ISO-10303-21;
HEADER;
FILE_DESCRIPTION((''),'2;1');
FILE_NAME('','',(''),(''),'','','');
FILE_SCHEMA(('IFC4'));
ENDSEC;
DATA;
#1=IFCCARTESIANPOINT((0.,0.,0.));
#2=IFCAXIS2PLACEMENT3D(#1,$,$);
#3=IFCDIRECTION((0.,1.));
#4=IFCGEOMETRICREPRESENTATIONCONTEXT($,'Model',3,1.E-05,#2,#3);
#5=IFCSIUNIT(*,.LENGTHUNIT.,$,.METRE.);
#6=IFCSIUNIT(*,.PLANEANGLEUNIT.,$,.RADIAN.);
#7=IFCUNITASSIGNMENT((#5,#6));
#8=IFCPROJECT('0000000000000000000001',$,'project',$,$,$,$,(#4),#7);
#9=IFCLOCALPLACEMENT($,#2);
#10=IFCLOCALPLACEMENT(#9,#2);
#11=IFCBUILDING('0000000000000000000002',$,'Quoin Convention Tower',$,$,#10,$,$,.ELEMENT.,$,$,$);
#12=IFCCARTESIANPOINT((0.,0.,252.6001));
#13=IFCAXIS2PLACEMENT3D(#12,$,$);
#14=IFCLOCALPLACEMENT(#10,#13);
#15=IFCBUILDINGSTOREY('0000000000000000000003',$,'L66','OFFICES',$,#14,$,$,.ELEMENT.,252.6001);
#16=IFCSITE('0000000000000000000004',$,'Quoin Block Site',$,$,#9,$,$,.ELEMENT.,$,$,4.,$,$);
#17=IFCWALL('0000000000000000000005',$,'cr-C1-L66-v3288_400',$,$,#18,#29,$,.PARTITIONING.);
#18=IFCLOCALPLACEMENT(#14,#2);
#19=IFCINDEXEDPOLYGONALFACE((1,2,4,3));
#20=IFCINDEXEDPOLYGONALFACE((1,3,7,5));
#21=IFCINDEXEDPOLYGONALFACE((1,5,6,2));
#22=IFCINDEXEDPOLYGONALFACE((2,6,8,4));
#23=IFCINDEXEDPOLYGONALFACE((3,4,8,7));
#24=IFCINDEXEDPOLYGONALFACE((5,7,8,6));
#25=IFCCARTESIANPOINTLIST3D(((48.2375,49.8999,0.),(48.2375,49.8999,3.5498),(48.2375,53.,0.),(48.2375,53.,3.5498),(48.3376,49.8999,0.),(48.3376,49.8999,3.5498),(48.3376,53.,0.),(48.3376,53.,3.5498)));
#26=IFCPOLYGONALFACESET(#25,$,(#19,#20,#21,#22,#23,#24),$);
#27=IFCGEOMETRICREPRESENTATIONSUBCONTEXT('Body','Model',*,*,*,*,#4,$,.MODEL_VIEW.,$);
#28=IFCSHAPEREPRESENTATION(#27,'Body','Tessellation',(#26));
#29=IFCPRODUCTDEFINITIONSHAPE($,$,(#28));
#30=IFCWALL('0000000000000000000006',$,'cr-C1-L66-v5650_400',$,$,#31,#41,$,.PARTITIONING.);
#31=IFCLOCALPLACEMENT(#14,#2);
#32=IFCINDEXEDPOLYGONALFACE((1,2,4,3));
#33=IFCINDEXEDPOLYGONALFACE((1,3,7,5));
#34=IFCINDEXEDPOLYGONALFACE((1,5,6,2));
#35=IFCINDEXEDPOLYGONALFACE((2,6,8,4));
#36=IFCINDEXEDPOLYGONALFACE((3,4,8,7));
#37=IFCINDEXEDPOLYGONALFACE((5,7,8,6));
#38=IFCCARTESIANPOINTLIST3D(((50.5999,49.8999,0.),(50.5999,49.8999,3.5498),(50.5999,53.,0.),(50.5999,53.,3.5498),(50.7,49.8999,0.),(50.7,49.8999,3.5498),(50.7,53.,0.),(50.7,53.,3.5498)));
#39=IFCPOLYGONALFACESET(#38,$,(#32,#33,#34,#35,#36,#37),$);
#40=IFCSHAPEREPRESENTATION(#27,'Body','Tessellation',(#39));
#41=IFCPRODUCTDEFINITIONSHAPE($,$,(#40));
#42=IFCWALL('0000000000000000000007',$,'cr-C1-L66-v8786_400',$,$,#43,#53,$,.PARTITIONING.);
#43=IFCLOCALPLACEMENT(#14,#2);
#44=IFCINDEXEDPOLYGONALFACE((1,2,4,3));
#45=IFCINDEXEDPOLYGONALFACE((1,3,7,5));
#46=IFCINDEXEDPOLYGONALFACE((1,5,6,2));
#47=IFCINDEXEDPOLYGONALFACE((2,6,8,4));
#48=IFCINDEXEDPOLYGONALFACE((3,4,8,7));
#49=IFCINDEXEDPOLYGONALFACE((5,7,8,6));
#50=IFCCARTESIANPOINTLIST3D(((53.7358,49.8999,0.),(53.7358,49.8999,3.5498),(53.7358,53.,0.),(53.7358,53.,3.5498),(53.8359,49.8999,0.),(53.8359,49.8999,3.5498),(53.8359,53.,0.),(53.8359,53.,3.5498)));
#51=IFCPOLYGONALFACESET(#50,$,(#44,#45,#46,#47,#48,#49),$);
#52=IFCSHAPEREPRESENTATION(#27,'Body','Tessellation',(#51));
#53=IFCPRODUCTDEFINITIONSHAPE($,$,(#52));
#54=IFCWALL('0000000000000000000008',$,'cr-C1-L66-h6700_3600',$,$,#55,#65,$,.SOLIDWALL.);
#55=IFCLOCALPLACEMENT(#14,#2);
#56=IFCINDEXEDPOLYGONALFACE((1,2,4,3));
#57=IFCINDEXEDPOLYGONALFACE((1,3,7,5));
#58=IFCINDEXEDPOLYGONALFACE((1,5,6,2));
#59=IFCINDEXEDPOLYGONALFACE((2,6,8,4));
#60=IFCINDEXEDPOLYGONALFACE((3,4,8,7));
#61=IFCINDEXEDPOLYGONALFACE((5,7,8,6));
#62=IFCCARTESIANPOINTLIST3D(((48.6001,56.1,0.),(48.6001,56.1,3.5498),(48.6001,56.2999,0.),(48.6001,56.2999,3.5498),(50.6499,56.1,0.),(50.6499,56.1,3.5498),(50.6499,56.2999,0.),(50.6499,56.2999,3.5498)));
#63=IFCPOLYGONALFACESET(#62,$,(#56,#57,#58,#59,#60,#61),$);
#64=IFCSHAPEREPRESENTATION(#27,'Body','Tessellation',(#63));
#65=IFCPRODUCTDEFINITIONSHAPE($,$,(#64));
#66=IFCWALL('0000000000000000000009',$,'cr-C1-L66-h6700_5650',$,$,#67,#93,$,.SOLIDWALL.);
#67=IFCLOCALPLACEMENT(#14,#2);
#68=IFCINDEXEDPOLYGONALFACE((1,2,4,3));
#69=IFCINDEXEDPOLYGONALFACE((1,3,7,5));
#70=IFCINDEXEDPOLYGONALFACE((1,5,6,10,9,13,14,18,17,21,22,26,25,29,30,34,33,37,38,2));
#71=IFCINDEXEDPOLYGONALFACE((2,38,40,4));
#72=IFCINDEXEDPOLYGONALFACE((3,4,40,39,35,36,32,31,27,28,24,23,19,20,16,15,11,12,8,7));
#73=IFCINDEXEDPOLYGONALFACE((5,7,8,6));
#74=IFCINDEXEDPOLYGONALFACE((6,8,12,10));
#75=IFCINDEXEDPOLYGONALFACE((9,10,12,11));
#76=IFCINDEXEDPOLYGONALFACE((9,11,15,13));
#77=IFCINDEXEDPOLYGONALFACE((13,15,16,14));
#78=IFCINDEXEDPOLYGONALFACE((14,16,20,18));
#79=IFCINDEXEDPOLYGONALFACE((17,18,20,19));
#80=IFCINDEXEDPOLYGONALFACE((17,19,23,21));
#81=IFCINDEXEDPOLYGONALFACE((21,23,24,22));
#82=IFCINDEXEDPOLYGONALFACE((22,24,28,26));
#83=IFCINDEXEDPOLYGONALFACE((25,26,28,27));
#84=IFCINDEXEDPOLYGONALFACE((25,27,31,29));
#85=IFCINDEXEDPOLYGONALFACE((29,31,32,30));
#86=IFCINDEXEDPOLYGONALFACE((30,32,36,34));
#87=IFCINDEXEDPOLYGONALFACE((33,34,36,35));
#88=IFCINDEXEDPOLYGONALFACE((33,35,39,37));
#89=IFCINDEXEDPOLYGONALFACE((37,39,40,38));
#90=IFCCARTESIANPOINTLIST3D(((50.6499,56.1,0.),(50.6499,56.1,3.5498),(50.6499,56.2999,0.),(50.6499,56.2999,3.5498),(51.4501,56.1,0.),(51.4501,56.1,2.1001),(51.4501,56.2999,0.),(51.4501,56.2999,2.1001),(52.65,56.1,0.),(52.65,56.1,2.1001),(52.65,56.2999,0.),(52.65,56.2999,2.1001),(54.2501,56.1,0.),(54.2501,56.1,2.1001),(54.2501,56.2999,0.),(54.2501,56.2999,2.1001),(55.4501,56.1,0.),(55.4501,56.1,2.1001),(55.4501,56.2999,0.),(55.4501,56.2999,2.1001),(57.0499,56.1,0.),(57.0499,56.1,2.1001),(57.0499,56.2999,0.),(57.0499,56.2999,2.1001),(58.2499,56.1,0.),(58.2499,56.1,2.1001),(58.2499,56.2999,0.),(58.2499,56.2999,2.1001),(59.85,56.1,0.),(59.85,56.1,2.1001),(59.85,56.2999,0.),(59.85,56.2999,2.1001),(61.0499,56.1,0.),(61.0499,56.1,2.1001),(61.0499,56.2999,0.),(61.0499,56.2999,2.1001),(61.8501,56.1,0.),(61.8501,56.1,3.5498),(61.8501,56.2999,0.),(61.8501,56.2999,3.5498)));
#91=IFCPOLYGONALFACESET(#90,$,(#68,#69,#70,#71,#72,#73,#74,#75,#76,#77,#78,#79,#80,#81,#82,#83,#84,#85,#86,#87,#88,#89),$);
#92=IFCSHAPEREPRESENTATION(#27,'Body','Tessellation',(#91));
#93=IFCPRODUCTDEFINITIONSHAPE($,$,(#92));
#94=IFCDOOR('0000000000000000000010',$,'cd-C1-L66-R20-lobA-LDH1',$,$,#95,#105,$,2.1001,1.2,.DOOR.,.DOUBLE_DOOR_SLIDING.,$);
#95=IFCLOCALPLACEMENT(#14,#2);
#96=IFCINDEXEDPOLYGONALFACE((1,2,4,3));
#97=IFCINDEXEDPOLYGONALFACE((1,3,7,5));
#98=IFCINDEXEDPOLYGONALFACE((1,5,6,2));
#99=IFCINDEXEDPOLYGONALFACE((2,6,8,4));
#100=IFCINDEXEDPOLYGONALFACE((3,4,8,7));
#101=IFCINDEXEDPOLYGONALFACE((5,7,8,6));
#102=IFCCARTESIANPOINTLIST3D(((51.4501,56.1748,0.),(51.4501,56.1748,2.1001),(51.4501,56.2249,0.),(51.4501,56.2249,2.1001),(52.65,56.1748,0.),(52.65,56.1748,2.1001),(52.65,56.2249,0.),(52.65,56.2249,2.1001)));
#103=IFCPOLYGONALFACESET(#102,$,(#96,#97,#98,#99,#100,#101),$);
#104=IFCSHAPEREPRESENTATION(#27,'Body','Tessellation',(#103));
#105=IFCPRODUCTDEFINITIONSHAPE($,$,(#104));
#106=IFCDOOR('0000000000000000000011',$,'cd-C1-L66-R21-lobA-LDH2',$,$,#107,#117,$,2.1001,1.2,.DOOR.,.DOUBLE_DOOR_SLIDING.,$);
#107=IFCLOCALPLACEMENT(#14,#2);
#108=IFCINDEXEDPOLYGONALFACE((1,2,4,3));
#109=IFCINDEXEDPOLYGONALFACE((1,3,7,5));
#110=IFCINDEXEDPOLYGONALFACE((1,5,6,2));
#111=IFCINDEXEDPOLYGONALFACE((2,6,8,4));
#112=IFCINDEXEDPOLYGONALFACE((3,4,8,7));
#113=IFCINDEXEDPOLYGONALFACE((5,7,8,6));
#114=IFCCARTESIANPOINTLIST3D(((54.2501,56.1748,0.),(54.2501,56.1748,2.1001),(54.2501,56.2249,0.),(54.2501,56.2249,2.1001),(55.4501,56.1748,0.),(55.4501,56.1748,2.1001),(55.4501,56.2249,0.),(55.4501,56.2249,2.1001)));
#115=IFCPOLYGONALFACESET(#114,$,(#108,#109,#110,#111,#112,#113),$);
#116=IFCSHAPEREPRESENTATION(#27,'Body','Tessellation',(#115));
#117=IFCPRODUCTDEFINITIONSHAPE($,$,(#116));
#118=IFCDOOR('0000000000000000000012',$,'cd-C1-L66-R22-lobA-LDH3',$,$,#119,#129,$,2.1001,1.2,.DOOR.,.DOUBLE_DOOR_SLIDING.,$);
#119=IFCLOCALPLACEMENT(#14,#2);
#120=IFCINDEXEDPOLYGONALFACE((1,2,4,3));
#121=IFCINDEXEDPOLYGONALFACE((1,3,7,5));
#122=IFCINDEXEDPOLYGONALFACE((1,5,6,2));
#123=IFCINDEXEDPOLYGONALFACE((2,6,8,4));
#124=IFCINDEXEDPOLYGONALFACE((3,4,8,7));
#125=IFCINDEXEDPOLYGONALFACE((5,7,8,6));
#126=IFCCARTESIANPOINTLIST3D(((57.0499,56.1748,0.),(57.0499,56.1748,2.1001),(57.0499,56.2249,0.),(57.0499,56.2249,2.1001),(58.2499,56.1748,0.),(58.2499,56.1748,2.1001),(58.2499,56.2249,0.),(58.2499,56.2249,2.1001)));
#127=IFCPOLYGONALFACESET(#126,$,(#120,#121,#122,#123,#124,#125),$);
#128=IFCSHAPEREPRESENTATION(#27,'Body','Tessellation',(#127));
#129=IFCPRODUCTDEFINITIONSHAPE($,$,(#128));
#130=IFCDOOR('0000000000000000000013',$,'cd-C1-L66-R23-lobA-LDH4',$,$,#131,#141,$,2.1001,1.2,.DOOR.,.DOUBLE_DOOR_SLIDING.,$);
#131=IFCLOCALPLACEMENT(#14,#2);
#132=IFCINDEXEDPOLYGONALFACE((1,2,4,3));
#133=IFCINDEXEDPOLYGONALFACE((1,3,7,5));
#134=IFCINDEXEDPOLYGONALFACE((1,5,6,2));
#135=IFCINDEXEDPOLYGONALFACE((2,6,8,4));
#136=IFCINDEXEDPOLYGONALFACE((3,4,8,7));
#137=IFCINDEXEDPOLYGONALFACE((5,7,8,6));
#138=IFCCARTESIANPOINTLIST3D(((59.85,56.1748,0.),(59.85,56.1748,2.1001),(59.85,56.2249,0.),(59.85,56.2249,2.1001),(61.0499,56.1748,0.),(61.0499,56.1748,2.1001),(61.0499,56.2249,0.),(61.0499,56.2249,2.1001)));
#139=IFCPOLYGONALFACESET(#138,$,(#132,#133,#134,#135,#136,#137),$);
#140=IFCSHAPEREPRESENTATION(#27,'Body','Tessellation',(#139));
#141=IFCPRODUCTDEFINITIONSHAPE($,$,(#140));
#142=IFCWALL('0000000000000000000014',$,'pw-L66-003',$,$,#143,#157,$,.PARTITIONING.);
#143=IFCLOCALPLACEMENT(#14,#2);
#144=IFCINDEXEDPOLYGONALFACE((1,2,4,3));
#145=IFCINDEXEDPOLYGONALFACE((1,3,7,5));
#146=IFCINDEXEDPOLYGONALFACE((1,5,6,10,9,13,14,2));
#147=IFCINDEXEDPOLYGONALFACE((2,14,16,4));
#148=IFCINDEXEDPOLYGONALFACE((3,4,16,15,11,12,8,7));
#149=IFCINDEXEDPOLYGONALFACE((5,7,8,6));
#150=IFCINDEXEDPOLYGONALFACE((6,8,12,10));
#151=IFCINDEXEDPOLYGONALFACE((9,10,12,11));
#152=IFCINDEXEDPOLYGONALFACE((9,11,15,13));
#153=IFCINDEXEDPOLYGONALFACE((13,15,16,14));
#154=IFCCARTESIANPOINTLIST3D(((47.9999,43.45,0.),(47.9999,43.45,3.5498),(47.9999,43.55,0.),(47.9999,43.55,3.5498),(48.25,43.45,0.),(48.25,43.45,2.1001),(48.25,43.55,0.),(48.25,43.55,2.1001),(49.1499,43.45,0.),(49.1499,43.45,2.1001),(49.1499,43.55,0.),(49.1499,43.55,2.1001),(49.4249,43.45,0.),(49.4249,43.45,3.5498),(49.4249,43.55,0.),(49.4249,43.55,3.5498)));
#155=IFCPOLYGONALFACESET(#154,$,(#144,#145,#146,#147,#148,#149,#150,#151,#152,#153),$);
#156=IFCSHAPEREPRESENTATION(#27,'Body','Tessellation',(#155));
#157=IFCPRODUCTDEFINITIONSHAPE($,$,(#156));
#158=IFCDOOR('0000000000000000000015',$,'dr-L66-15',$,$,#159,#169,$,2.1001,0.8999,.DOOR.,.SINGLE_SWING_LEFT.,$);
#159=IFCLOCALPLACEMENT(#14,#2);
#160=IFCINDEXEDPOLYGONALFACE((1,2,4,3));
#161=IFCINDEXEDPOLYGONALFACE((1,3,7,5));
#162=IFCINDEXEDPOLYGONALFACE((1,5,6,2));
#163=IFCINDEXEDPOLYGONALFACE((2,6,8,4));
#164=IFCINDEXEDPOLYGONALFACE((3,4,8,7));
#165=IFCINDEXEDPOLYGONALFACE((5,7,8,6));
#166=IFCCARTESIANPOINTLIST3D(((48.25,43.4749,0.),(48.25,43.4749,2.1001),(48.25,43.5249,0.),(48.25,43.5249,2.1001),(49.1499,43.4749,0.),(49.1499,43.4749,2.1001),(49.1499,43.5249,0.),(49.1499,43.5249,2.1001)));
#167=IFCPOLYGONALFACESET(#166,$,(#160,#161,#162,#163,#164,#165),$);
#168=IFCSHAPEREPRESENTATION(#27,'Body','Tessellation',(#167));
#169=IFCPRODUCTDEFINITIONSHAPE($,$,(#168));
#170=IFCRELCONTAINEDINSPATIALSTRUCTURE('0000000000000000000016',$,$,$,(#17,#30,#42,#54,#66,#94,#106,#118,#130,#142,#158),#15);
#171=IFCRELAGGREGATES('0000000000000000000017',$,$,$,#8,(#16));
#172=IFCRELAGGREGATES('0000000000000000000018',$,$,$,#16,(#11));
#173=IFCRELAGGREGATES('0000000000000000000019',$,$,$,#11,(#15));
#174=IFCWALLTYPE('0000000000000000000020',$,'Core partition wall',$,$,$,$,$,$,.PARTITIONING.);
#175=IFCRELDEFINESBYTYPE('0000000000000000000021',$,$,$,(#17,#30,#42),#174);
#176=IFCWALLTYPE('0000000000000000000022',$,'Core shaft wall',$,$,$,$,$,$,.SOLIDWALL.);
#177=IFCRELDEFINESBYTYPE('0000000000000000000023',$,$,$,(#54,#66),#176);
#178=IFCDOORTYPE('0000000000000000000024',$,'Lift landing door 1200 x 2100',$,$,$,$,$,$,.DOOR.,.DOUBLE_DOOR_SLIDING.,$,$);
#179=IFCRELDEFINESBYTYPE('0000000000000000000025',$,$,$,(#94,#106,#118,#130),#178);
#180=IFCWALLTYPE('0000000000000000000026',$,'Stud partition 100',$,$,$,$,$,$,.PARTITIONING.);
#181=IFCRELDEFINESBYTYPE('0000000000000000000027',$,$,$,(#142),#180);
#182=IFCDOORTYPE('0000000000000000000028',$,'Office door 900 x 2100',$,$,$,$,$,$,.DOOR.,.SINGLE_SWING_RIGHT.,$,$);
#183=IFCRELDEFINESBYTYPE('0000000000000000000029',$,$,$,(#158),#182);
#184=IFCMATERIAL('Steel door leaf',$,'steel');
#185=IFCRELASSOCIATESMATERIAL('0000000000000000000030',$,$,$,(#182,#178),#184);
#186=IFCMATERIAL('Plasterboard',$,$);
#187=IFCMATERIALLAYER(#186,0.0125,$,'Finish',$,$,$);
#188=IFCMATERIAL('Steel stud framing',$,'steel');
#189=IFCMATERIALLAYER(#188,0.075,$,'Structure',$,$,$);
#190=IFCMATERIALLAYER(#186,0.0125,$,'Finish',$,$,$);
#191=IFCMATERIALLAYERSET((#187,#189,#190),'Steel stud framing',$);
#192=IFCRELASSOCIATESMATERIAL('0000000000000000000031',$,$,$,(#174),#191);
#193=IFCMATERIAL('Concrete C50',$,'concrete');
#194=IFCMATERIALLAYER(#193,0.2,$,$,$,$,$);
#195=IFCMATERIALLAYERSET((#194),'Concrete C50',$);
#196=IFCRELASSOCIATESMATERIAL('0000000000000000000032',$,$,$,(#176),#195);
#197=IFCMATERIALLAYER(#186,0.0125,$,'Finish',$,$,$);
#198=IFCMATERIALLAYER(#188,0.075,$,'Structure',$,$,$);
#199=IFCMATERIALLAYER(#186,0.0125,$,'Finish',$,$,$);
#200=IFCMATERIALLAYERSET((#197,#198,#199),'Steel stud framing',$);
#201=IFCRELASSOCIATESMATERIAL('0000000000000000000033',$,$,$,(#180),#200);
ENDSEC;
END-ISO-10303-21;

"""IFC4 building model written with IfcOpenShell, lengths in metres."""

from ifc_helpers import new_model, si_unit, direction, frame, frame_2d, origin, place, context, subcontext, project, spatial, rectangle, extrude, material, layer, layer_set, type_object, element, fill, save


model = new_model("IFC4")

# Units and contexts
model_context = context("Model", 3, precision=1e-05, world=origin(), true_north=direction((0.0, 1.0)))
body_context = subcontext(model_context, "Body", "Model", "MODEL_VIEW")
ifc_project = project(units=[si_unit("LENGTHUNIT", "METRE"), si_unit("PLANEANGLEUNIT", "RADIAN")], contexts=[model_context])

# Site, building, storey
site_placement = place(None, origin())
site = spatial("IfcSite", under=ifc_project, at=site_placement, Name="Quoin Block Site", CompositionType="ELEMENT", RefElevation=4.0)
building_placement = place(site_placement, origin())
building = spatial("IfcBuilding", under=site, at=building_placement, Name="Quoin Convention Tower", CompositionType="ELEMENT")
storey_placement = place(building_placement, frame((0.0, 0.0, 252.6001)))
storey = spatial("IfcBuildingStorey", under=building, at=storey_placement, Name="L66", Description="OFFICES", CompositionType="ELEMENT", Elevation=252.6001)

# Shared definitions
ifc_material_1 = material(Name="Concrete C50", Category="concrete")

# Shared definitions
ifc_material_2 = material(Name="Plasterboard")
ifc_material_3 = material(Name="Steel stud framing", Category="steel")
ifc_material_4 = material(Name="Steel door leaf", Category="steel")
door_type_1 = type_object("IfcDoorType", Name="Office door 900 x 2100", OperationType="SINGLE_SWING_RIGHT", PredefinedType="DOOR", material=ifc_material_4)

# Walls
ifc_layer_1 = layer(ifc_material_2, 0.0125, Name="Finish")
ifc_layer_2 = layer(ifc_material_3, 0.075, Name="Structure")
ifc_layer_3 = layer(ifc_material_2, 0.0125, Name="Finish")
ifc_layer_set_1 = layer_set([ifc_layer_1, ifc_layer_2, ifc_layer_3], Name="Steel stud framing")
wall_type_1 = type_object("IfcWallType", Name="Core partition wall", PredefinedType="PARTITIONING", material=ifc_layer_set_1)
for number, where, z_axis, x_axis, name in (
    (1, (48.2876, 49.8999, 0.0), (0.0, 0.0, 1.0), (0.0, 1.0, 0.0), "cr-C1-L66-v3288_400"),
    (2, (50.6499, 49.8999, 0.0), (0.0, 0.0, 1.0), (0.0, 1.0, 0.0), "cr-C1-L66-v5650_400"),
    (3, (53.7859, 49.8999, 0.0), (0.0, 0.0, 1.0), (0.0, 1.0, 0.0), "cr-C1-L66-v8786_400"),
):
    element("IfcWall", number, at=place(storey_placement, frame(where, z_axis=z_axis, x_axis=x_axis)), inside=storey, type_object=wall_type_1, Name=name, PredefinedType="PARTITIONING", context=body_context, shape_type="SweptSolid", body=[
        extrude(rectangle(XDim=3.1001, YDim=0.1001, at=frame_2d((1.55, 0.0))), origin(), (0.0, 0.0, 1.0), 3.5498),
    ])
ifc_layer_4 = layer(ifc_material_1, 0.2)
ifc_layer_set_2 = layer_set([ifc_layer_4], Name="Concrete C50")
wall_type_2 = type_object("IfcWallType", Name="Core shaft wall", PredefinedType="SOLIDWALL", material=ifc_layer_set_2)
wall_1_placement = place(storey_placement, frame((48.6001, 56.2, 0.0), z_axis=(0.0, 0.0, 1.0), x_axis=(1.0, 0.0, 0.0)))
element("IfcWall", 4, at=wall_1_placement, inside=storey, type_object=wall_type_2, Name="cr-C1-L66-h6700_3600", PredefinedType="SOLIDWALL", context=body_context, shape_type="SweptSolid", body=[
    extrude(rectangle(XDim=2.0498, YDim=0.2, at=frame_2d((1.0249, 0.0))), origin(), (0.0, 0.0, 1.0), 3.5498),
])

# Wall, openings, doors
wall_2_placement = place(storey_placement, frame((50.6499, 56.2, 0.0), z_axis=(0.0, 0.0, 1.0), x_axis=(1.0, 0.0, 0.0)))
wall_2 = element("IfcWall", 5, at=wall_2_placement, inside=storey, type_object=wall_type_2, Name="cr-C1-L66-h6700_5650", PredefinedType="SOLIDWALL", context=body_context, shape_type="SweptSolid", body=[
    extrude(rectangle(XDim=11.2002, YDim=0.2, at=frame_2d((5.6001, 0.0))), origin(), (0.0, 0.0, 1.0), 3.5498),
])
opening_1_placement = place(wall_2_placement, frame((0.8, 0.0, 0.0)))
opening_1 = element("IfcOpeningElement", 6, at=opening_1_placement, cuts=wall_2, PredefinedType="OPENING", context=body_context, shape_type="SweptSolid", body=[
    extrude(rectangle(XDim=1.2, YDim=2.1001, at=frame_2d((0.6001, 1.05))), frame((0.0, 0.1099, 0.0), z_axis=(0.0, -1.0, 0.0), x_axis=(1.0, 0.0, 0.0)), (0.0, 0.0, 1.0), 0.22),
])
opening_2_placement = place(wall_2_placement, frame((3.6001, 0.0, 0.0)))
opening_2 = element("IfcOpeningElement", 7, at=opening_2_placement, cuts=wall_2, PredefinedType="OPENING", context=body_context, shape_type="SweptSolid", body=[
    extrude(rectangle(XDim=1.2, YDim=2.1001, at=frame_2d((0.6001, 1.05))), frame((0.0, 0.1099, 0.0), z_axis=(0.0, -1.0, 0.0), x_axis=(1.0, 0.0, 0.0)), (0.0, 0.0, 1.0), 0.22),
])
opening_3_placement = place(wall_2_placement, frame((6.3999, 0.0, 0.0)))
opening_3 = element("IfcOpeningElement", 8, at=opening_3_placement, cuts=wall_2, PredefinedType="OPENING", context=body_context, shape_type="SweptSolid", body=[
    extrude(rectangle(XDim=1.2, YDim=2.1001, at=frame_2d((0.6001, 1.05))), frame((0.0, 0.1099, 0.0), z_axis=(0.0, -1.0, 0.0), x_axis=(1.0, 0.0, 0.0)), (0.0, 0.0, 1.0), 0.22),
])
opening_4_placement = place(wall_2_placement, frame((9.2, 0.0, 0.0)))
opening_4 = element("IfcOpeningElement", 9, at=opening_4_placement, cuts=wall_2, PredefinedType="OPENING", context=body_context, shape_type="SweptSolid", body=[
    extrude(rectangle(XDim=1.2, YDim=2.1001, at=frame_2d((0.6001, 1.05))), frame((0.0, 0.1099, 0.0), z_axis=(0.0, -1.0, 0.0), x_axis=(1.0, 0.0, 0.0)), (0.0, 0.0, 1.0), 0.22),
])
door_type_2 = type_object("IfcDoorType", Name="Lift landing door 1200 x 2100", OperationType="DOUBLE_DOOR_SLIDING", PredefinedType="DOOR", material=ifc_material_4)
door_1_placement = place(opening_1_placement, origin())
door_1 = element("IfcDoor", 10, at=door_1_placement, inside=storey, type_object=door_type_2, Name="cd-C1-L66-R20-lobA-LDH1", OperationType="DOUBLE_DOOR_SLIDING", OverallHeight=2.1001, OverallWidth=1.2, PredefinedType="DOOR", context=body_context, shape_type="SweptSolid", body=[
    extrude(rectangle(XDim=1.2, YDim=2.1001, at=frame_2d((0.6001, 1.05))), frame((0.0, 0.0249, 0.0), z_axis=(0.0, -1.0, 0.0), x_axis=(1.0, 0.0, 0.0)), (0.0, 0.0, 1.0), 0.05),
])
fill(opening_1, door_1)
door_2_placement = place(opening_2_placement, origin())
door_2 = element("IfcDoor", 11, at=door_2_placement, inside=storey, type_object=door_type_2, Name="cd-C1-L66-R21-lobA-LDH2", OperationType="DOUBLE_DOOR_SLIDING", OverallHeight=2.1001, OverallWidth=1.2, PredefinedType="DOOR", context=body_context, shape_type="SweptSolid", body=[
    extrude(rectangle(XDim=1.2, YDim=2.1001, at=frame_2d((0.6001, 1.05))), frame((0.0, 0.0249, 0.0), z_axis=(0.0, -1.0, 0.0), x_axis=(1.0, 0.0, 0.0)), (0.0, 0.0, 1.0), 0.05),
])
fill(opening_2, door_2)
door_3_placement = place(opening_3_placement, origin())
door_3 = element("IfcDoor", 12, at=door_3_placement, inside=storey, type_object=door_type_2, Name="cd-C1-L66-R22-lobA-LDH3", OperationType="DOUBLE_DOOR_SLIDING", OverallHeight=2.1001, OverallWidth=1.2, PredefinedType="DOOR", context=body_context, shape_type="SweptSolid", body=[
    extrude(rectangle(XDim=1.2, YDim=2.1001, at=frame_2d((0.6001, 1.05))), frame((0.0, 0.0249, 0.0), z_axis=(0.0, -1.0, 0.0), x_axis=(1.0, 0.0, 0.0)), (0.0, 0.0, 1.0), 0.05),
])
fill(opening_3, door_3)
door_4_placement = place(opening_4_placement, origin())
door_4 = element("IfcDoor", 13, at=door_4_placement, inside=storey, type_object=door_type_2, Name="cd-C1-L66-R23-lobA-LDH4", OperationType="DOUBLE_DOOR_SLIDING", OverallHeight=2.1001, OverallWidth=1.2, PredefinedType="DOOR", context=body_context, shape_type="SweptSolid", body=[
    extrude(rectangle(XDim=1.2, YDim=2.1001, at=frame_2d((0.6001, 1.05))), frame((0.0, 0.0249, 0.0), z_axis=(0.0, -1.0, 0.0), x_axis=(1.0, 0.0, 0.0)), (0.0, 0.0, 1.0), 0.05),
])
fill(opening_4, door_4)

# Wall, opening, door
ifc_layer_5 = layer(ifc_material_2, 0.0125, Name="Finish")
ifc_layer_6 = layer(ifc_material_3, 0.075, Name="Structure")
ifc_layer_7 = layer(ifc_material_2, 0.0125, Name="Finish")
ifc_layer_set_3 = layer_set([ifc_layer_5, ifc_layer_6, ifc_layer_7], Name="Steel stud framing")
wall_type_3 = type_object("IfcWallType", Name="Stud partition 100", PredefinedType="PARTITIONING", material=ifc_layer_set_3)
wall_3_placement = place(storey_placement, frame((48.0, 43.5, 0.0), z_axis=(0.0, 0.0, 1.0), x_axis=(1.0, 0.0, 0.0)))
wall_3 = element("IfcWall", 14, at=wall_3_placement, inside=storey, type_object=wall_type_3, Name="pw-L66-003", PredefinedType="PARTITIONING", context=body_context, shape_type="SweptSolid", body=[
    extrude(rectangle(XDim=1.425, YDim=0.1001, at=frame_2d((0.7124, 0.0))), origin(), (0.0, 0.0, 1.0), 3.5498),
])
opening_5_placement = place(wall_3_placement, frame((0.25, 0.0, 0.0)))
opening_5 = element("IfcOpeningElement", 15, at=opening_5_placement, cuts=wall_3, PredefinedType="OPENING", context=body_context, shape_type="SweptSolid", body=[
    extrude(rectangle(XDim=0.8999, YDim=2.1001, at=frame_2d((0.45, 1.05))), frame((0.0, 0.0601, 0.0), z_axis=(0.0, -1.0, 0.0), x_axis=(1.0, 0.0, 0.0)), (0.0, 0.0, 1.0), 0.1201),
])
door_5_placement = place(opening_5_placement, origin())
door_5 = element("IfcDoor", 16, at=door_5_placement, inside=storey, type_object=door_type_1, Name="dr-L66-15", OperationType="SINGLE_SWING_LEFT", OverallHeight=2.1001, OverallWidth=0.8999, PredefinedType="DOOR", context=body_context, shape_type="SweptSolid", body=[
    extrude(rectangle(XDim=0.8999, YDim=2.1001, at=frame_2d((0.45, 1.05))), frame((0.0, 0.0249, 0.0), z_axis=(0.0, -1.0, 0.0), x_axis=(1.0, 0.0, 0.0)), (0.0, 0.0, 1.0), 0.05),
])
fill(opening_5, door_5)

save(model, "model.ifc")
